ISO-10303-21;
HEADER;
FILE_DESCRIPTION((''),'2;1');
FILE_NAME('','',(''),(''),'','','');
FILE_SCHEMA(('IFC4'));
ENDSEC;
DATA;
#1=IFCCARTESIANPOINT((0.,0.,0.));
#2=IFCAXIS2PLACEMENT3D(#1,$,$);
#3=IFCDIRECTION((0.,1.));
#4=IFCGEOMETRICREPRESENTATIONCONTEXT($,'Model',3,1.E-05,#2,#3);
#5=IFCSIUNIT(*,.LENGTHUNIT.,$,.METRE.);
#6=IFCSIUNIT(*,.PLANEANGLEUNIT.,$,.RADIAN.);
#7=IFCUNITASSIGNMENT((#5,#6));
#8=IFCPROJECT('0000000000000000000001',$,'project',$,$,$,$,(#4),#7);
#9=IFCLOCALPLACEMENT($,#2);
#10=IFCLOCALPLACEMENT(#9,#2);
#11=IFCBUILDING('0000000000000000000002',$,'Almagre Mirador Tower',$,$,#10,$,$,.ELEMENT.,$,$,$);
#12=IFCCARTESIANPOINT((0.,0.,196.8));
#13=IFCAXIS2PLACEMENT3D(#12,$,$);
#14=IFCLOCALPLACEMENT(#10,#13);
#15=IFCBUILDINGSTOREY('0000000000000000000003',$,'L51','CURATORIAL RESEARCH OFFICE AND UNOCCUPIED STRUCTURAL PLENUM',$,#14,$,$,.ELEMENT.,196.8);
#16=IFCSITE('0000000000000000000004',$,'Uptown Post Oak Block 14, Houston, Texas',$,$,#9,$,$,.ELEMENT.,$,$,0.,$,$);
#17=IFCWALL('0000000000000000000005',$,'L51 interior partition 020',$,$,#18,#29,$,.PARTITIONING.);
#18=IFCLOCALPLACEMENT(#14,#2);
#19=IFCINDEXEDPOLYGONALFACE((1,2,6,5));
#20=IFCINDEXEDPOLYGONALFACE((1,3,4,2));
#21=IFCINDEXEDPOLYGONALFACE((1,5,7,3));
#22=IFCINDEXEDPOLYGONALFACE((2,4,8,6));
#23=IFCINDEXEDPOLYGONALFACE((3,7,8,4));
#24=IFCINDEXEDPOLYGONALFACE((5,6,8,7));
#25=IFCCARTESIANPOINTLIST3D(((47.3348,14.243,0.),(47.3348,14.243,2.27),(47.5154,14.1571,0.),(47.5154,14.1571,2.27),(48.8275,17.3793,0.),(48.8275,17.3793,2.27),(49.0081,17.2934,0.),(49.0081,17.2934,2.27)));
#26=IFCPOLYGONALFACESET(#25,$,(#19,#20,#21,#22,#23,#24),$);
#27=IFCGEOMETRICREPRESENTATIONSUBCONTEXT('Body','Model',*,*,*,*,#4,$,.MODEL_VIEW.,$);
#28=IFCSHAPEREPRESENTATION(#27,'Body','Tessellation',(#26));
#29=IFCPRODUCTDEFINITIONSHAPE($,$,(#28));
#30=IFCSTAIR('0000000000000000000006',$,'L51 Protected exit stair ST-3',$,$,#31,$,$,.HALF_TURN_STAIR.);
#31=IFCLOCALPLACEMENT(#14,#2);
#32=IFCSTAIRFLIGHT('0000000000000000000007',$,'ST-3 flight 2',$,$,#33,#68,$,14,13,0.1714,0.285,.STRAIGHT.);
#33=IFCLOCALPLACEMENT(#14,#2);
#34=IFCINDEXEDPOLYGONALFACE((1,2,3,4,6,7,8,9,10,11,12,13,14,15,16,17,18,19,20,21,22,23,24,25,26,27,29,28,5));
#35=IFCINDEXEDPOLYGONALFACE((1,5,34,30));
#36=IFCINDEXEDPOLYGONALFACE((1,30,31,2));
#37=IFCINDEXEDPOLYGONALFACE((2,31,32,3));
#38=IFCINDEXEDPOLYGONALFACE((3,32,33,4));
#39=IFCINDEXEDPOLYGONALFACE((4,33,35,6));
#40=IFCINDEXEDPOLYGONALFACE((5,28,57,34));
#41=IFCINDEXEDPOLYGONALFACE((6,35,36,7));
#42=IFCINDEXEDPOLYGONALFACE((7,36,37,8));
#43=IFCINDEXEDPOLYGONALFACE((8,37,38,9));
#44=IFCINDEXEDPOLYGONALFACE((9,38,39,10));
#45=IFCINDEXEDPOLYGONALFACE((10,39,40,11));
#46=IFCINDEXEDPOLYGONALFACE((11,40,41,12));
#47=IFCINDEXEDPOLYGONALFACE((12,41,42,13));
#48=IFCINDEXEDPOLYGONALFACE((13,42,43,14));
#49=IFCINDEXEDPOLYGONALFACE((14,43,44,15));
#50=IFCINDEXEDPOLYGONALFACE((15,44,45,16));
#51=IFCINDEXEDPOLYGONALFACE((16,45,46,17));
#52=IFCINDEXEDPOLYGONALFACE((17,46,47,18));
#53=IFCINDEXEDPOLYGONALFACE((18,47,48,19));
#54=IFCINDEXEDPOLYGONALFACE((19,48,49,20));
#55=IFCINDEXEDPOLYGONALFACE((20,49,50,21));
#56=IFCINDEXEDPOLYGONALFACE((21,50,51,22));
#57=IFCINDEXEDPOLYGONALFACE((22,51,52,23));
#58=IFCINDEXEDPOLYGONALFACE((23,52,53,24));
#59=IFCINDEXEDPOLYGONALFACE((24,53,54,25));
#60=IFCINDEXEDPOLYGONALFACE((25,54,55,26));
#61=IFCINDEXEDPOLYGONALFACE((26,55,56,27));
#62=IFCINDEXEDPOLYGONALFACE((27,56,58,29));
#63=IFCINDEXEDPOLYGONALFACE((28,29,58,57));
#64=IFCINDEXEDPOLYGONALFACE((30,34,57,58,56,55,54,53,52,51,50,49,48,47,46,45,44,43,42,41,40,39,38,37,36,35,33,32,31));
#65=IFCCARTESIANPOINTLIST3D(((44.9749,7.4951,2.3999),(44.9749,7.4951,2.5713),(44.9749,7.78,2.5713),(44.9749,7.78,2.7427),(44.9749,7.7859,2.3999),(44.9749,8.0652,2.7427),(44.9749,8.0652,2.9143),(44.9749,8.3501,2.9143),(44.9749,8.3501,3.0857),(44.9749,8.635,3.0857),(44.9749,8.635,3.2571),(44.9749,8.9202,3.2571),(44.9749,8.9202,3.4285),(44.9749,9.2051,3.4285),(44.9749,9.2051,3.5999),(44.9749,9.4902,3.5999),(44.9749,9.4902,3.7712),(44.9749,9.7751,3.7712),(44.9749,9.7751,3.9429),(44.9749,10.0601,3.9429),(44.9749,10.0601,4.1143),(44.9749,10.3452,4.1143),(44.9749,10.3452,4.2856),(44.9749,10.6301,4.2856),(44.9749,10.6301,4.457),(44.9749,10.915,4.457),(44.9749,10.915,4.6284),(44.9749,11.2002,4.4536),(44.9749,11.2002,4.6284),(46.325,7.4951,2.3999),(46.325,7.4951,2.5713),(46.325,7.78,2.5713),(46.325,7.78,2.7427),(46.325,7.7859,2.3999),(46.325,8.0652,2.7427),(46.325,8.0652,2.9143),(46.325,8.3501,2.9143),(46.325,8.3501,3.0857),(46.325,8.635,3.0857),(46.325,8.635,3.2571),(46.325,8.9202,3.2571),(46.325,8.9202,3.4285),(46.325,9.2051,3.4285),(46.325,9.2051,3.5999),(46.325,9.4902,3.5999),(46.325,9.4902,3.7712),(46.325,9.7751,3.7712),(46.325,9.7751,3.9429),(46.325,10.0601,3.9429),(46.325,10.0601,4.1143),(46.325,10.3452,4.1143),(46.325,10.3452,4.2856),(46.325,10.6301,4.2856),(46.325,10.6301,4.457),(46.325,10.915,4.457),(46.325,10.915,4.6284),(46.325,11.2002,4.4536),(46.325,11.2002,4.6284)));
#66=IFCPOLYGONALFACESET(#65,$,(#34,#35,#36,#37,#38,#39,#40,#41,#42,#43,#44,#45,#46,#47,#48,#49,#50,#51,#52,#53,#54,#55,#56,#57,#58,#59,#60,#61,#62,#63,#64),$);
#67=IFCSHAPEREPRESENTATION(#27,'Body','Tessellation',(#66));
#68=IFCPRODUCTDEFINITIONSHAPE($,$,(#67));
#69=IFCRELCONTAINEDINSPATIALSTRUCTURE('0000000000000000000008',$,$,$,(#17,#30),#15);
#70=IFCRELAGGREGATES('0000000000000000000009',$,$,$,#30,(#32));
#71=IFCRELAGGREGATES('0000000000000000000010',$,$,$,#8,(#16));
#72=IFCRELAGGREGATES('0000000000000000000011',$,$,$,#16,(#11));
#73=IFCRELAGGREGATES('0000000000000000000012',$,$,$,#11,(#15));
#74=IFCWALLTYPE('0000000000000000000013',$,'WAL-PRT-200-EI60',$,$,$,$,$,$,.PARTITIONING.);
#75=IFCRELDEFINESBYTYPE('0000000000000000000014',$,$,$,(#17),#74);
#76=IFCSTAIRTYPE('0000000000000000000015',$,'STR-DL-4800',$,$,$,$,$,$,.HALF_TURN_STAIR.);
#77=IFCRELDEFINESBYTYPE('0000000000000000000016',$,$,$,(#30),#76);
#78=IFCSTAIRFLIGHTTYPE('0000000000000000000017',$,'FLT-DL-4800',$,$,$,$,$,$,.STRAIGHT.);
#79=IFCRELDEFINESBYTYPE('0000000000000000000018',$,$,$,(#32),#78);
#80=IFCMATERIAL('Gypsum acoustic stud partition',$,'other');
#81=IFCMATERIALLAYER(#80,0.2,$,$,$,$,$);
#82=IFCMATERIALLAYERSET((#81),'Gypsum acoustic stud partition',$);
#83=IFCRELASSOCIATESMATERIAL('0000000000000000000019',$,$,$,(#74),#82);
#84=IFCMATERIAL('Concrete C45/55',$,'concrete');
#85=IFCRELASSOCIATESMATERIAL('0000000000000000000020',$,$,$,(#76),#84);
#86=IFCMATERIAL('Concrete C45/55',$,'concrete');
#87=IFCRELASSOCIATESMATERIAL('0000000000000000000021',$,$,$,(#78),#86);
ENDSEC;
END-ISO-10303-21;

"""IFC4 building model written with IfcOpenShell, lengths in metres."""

from ifc_helpers import new_model, si_unit, direction, frame, frame_2d, origin, place, context, subcontext, project, spatial, polyline, rectangle, outline, extrude, material, layer, layer_set, type_object, element, aggregate, save


model = new_model("IFC4")

# Units and contexts
model_context = context("Model", 3, precision=1e-05, world=origin(), true_north=direction((0.0, 1.0)))
body_context = subcontext(model_context, "Body", "Model", "MODEL_VIEW")
ifc_project = project(units=[si_unit("LENGTHUNIT", "METRE"), si_unit("PLANEANGLEUNIT", "RADIAN")], contexts=[model_context])

# Site, building, storey
site_placement = place(None, origin())
site = spatial("IfcSite", under=ifc_project, at=site_placement, Name="Uptown Post Oak Block 14, Houston, Texas", CompositionType="ELEMENT", RefElevation=0.0)
building_placement = place(site_placement, origin())
building = spatial("IfcBuilding", under=site, at=building_placement, Name="Almagre Mirador Tower", CompositionType="ELEMENT")
storey_placement = place(building_placement, frame((0.0, 0.0, 196.8)))
storey = spatial("IfcBuildingStorey", under=building, at=storey_placement, Name="L51", Description="CURATORIAL RESEARCH OFFICE AND UNOCCUPIED STRUCTURAL PLENUM", CompositionType="ELEMENT", Elevation=196.8)

# Wall
ifc_material_1 = material(Name="Gypsum acoustic stud partition", Category="other")
ifc_layer_1 = layer(ifc_material_1, 0.2)
ifc_layer_set_1 = layer_set([ifc_layer_1], Name="Gypsum acoustic stud partition")
wall_type_1 = type_object("IfcWallType", Name="WAL-PRT-200-EI60", PredefinedType="PARTITIONING", material=ifc_layer_set_1)
wall_1_placement = place(storey_placement, frame((47.425, 14.2, 0.0), z_axis=(0.0, 0.0, 1.0), x_axis=(0.429753, 0.902946, 0.0)))
element("IfcWall", 1, at=wall_1_placement, inside=storey, type_object=wall_type_1, Name="L51 interior partition 020", PredefinedType="PARTITIONING", context=body_context, shape_type="SweptSolid", body=[
    extrude(rectangle(XDim=3.4734, YDim=0.2, at=frame_2d((1.7368, 0.0))), origin(), (0.0, 0.0, 1.0), 2.27),
])

# Stair, stair flight
ifc_material_2 = material(Name="Concrete C45/55", Category="concrete")
stair_type = type_object("IfcStairType", Name="STR-DL-4800", PredefinedType="HALF_TURN_STAIR", material=ifc_material_2)
stair_placement = place(storey_placement, origin())
stair = element("IfcStair", 2, at=stair_placement, inside=storey, type_object=stair_type, Name="L51 Protected exit stair ST-3", PredefinedType="HALF_TURN_STAIR")
ifc_material_3 = material(Name="Concrete C45/55", Category="concrete")
stair_flight_type = type_object("IfcStairFlightType", Name="FLT-DL-4800", PredefinedType="STRAIGHT", material=ifc_material_3)
stair_flight_placement = place(storey_placement, frame((45.6499, 7.4951, 2.3999), z_axis=(0.0, 0.0, 1.0), x_axis=(0.0, 1.0, 0.0)))
stair_flight = element("IfcStairFlight", 3, at=stair_flight_placement, type_object=stair_flight_type, Name="ST-3 flight 2", NumberOfRisers=14, NumberOfTreads=13, PredefinedType="STRAIGHT", RiserHeight=0.1714, TreadLength=0.285, context=body_context, shape_type="SweptSolid", body=[
    extrude(outline(polyline([(0.0, 0.0), (0.0, 0.1714), (0.2849, 0.1714), (0.2849, 0.3428), (0.5701, 0.3428), (0.5701, 0.5144), (0.855, 0.5144), (0.855, 0.6858), (1.1399, 0.6858), (1.1399, 0.8572), (1.425, 0.8572), (1.425, 1.0286), (1.71, 1.0286), (1.71, 1.2), (1.9951, 1.2), (1.9951, 1.3713), (2.28, 1.3713), (2.28, 1.543), (2.5649, 1.543), (2.5649, 1.7144), (2.8501, 1.7144), (2.8501, 1.8857), (3.135, 1.8857), (3.135, 2.0571), (3.4199, 2.0571), (3.4199, 2.2285), (3.7051, 2.2285), (3.7051, 2.3999), (3.7051, 2.0537), (0.2908, 0.0), (0.0, 0.0)])), frame((0.0, 0.675, 0.0), z_axis=(0.0, -1.0, 0.0), x_axis=(1.0, 0.0, 0.0)), (0.0, 0.0, 1.0), 1.3501),
])
aggregate(stair, [stair_flight])

save(model, "model.ifc")
